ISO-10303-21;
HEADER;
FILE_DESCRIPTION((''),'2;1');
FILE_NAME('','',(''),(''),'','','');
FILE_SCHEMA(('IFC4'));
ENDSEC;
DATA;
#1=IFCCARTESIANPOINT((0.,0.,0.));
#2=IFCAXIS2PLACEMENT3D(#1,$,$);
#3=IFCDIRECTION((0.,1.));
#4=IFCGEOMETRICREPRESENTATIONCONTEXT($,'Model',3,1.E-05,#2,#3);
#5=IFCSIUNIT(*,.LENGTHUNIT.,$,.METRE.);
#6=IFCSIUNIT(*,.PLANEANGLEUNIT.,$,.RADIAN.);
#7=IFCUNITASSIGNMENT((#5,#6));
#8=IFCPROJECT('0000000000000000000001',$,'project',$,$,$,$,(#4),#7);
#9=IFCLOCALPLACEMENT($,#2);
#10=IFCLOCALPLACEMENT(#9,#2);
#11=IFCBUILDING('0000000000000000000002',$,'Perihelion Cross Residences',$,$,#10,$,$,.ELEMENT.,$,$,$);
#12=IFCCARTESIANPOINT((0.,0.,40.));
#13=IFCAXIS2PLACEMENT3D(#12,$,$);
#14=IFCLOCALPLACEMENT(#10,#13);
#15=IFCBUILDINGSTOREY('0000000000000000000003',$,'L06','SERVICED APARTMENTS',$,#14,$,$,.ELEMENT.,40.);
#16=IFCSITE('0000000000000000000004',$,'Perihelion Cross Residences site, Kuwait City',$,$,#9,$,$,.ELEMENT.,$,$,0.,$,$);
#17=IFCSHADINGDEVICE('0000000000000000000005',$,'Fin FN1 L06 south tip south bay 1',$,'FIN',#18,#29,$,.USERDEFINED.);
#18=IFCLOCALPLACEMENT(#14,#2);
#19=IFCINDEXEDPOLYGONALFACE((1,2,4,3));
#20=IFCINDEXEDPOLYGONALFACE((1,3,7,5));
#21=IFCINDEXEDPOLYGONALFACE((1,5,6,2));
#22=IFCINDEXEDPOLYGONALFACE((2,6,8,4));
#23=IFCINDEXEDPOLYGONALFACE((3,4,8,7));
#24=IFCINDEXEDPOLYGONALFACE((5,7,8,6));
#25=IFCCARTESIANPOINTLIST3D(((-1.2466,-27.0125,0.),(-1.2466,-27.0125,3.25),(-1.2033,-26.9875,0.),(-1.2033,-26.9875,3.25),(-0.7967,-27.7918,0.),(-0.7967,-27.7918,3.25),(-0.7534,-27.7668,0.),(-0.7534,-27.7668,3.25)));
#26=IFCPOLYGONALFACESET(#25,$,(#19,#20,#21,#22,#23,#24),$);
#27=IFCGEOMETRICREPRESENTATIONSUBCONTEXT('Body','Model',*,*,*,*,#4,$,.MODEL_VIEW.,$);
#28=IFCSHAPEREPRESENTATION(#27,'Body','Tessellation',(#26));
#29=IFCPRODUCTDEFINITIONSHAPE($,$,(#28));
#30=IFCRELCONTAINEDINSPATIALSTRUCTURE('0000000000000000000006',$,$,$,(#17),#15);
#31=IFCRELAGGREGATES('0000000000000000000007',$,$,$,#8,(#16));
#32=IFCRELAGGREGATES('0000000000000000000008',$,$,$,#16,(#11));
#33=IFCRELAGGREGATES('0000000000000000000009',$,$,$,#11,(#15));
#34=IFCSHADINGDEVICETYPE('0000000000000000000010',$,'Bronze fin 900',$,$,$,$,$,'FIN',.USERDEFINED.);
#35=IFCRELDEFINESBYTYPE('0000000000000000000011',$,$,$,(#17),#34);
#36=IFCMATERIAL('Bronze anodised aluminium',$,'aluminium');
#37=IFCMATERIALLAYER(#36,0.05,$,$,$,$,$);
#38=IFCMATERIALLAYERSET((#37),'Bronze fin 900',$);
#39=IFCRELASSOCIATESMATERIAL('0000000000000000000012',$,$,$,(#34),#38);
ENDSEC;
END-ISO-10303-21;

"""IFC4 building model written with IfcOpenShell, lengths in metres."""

from ifc_helpers import new_model, si_unit, direction, frame, origin, origin_2d, place, context, subcontext, project, spatial, rectangle, extrude, material, layer, layer_set, type_object, element, save


model = new_model("IFC4")

# Units and contexts
model_context = context("Model", 3, precision=1e-05, world=origin(), true_north=direction((0.0, 1.0)))
body_context = subcontext(model_context, "Body", "Model", "MODEL_VIEW")
ifc_project = project(units=[si_unit("LENGTHUNIT", "METRE"), si_unit("PLANEANGLEUNIT", "RADIAN")], contexts=[model_context])

# Site, building, storey
site_placement = place(None, origin())
site = spatial("IfcSite", under=ifc_project, at=site_placement, Name="Perihelion Cross Residences site, Kuwait City", CompositionType="ELEMENT", RefElevation=0.0)
building_placement = place(site_placement, origin())
building = spatial("IfcBuilding", under=site, at=building_placement, Name="Perihelion Cross Residences", CompositionType="ELEMENT")
storey_placement = place(building_placement, frame((0.0, 0.0, 40.0)))
storey = spatial("IfcBuildingStorey", under=building, at=storey_placement, Name="L06", Description="SERVICED APARTMENTS", CompositionType="ELEMENT", Elevation=40.0)

# Shading device
ifc_material_1 = material(Name="Bronze anodised aluminium", Category="aluminium")
ifc_layer_1 = layer(ifc_material_1, 0.05)
ifc_layer_set_1 = layer_set([ifc_layer_1], Name="Bronze fin 900")
shading_device_type = type_object("IfcShadingDeviceType", Name="Bronze fin 900", ElementType="FIN", PredefinedType="USERDEFINED", material=ifc_layer_set_1)
shading_device_placement = place(storey_placement, frame((-1.0, -27.3896, 0.0), z_axis=(0.0, 0.0, 1.0), x_axis=(0.5, -0.866025, 0.0)))
element("IfcShadingDevice", 1, at=shading_device_placement, inside=storey, type_object=shading_device_type, Name="Fin FN1 L06 south tip south bay 1", ObjectType="FIN", PredefinedType="USERDEFINED", context=body_context, shape_type="SweptSolid", body=[
    extrude(rectangle(XDim=0.8999, YDim=0.05, at=origin_2d()), origin(), (0.0, 0.0, 1.0), 3.25),
])

save(model, "model.ifc")
